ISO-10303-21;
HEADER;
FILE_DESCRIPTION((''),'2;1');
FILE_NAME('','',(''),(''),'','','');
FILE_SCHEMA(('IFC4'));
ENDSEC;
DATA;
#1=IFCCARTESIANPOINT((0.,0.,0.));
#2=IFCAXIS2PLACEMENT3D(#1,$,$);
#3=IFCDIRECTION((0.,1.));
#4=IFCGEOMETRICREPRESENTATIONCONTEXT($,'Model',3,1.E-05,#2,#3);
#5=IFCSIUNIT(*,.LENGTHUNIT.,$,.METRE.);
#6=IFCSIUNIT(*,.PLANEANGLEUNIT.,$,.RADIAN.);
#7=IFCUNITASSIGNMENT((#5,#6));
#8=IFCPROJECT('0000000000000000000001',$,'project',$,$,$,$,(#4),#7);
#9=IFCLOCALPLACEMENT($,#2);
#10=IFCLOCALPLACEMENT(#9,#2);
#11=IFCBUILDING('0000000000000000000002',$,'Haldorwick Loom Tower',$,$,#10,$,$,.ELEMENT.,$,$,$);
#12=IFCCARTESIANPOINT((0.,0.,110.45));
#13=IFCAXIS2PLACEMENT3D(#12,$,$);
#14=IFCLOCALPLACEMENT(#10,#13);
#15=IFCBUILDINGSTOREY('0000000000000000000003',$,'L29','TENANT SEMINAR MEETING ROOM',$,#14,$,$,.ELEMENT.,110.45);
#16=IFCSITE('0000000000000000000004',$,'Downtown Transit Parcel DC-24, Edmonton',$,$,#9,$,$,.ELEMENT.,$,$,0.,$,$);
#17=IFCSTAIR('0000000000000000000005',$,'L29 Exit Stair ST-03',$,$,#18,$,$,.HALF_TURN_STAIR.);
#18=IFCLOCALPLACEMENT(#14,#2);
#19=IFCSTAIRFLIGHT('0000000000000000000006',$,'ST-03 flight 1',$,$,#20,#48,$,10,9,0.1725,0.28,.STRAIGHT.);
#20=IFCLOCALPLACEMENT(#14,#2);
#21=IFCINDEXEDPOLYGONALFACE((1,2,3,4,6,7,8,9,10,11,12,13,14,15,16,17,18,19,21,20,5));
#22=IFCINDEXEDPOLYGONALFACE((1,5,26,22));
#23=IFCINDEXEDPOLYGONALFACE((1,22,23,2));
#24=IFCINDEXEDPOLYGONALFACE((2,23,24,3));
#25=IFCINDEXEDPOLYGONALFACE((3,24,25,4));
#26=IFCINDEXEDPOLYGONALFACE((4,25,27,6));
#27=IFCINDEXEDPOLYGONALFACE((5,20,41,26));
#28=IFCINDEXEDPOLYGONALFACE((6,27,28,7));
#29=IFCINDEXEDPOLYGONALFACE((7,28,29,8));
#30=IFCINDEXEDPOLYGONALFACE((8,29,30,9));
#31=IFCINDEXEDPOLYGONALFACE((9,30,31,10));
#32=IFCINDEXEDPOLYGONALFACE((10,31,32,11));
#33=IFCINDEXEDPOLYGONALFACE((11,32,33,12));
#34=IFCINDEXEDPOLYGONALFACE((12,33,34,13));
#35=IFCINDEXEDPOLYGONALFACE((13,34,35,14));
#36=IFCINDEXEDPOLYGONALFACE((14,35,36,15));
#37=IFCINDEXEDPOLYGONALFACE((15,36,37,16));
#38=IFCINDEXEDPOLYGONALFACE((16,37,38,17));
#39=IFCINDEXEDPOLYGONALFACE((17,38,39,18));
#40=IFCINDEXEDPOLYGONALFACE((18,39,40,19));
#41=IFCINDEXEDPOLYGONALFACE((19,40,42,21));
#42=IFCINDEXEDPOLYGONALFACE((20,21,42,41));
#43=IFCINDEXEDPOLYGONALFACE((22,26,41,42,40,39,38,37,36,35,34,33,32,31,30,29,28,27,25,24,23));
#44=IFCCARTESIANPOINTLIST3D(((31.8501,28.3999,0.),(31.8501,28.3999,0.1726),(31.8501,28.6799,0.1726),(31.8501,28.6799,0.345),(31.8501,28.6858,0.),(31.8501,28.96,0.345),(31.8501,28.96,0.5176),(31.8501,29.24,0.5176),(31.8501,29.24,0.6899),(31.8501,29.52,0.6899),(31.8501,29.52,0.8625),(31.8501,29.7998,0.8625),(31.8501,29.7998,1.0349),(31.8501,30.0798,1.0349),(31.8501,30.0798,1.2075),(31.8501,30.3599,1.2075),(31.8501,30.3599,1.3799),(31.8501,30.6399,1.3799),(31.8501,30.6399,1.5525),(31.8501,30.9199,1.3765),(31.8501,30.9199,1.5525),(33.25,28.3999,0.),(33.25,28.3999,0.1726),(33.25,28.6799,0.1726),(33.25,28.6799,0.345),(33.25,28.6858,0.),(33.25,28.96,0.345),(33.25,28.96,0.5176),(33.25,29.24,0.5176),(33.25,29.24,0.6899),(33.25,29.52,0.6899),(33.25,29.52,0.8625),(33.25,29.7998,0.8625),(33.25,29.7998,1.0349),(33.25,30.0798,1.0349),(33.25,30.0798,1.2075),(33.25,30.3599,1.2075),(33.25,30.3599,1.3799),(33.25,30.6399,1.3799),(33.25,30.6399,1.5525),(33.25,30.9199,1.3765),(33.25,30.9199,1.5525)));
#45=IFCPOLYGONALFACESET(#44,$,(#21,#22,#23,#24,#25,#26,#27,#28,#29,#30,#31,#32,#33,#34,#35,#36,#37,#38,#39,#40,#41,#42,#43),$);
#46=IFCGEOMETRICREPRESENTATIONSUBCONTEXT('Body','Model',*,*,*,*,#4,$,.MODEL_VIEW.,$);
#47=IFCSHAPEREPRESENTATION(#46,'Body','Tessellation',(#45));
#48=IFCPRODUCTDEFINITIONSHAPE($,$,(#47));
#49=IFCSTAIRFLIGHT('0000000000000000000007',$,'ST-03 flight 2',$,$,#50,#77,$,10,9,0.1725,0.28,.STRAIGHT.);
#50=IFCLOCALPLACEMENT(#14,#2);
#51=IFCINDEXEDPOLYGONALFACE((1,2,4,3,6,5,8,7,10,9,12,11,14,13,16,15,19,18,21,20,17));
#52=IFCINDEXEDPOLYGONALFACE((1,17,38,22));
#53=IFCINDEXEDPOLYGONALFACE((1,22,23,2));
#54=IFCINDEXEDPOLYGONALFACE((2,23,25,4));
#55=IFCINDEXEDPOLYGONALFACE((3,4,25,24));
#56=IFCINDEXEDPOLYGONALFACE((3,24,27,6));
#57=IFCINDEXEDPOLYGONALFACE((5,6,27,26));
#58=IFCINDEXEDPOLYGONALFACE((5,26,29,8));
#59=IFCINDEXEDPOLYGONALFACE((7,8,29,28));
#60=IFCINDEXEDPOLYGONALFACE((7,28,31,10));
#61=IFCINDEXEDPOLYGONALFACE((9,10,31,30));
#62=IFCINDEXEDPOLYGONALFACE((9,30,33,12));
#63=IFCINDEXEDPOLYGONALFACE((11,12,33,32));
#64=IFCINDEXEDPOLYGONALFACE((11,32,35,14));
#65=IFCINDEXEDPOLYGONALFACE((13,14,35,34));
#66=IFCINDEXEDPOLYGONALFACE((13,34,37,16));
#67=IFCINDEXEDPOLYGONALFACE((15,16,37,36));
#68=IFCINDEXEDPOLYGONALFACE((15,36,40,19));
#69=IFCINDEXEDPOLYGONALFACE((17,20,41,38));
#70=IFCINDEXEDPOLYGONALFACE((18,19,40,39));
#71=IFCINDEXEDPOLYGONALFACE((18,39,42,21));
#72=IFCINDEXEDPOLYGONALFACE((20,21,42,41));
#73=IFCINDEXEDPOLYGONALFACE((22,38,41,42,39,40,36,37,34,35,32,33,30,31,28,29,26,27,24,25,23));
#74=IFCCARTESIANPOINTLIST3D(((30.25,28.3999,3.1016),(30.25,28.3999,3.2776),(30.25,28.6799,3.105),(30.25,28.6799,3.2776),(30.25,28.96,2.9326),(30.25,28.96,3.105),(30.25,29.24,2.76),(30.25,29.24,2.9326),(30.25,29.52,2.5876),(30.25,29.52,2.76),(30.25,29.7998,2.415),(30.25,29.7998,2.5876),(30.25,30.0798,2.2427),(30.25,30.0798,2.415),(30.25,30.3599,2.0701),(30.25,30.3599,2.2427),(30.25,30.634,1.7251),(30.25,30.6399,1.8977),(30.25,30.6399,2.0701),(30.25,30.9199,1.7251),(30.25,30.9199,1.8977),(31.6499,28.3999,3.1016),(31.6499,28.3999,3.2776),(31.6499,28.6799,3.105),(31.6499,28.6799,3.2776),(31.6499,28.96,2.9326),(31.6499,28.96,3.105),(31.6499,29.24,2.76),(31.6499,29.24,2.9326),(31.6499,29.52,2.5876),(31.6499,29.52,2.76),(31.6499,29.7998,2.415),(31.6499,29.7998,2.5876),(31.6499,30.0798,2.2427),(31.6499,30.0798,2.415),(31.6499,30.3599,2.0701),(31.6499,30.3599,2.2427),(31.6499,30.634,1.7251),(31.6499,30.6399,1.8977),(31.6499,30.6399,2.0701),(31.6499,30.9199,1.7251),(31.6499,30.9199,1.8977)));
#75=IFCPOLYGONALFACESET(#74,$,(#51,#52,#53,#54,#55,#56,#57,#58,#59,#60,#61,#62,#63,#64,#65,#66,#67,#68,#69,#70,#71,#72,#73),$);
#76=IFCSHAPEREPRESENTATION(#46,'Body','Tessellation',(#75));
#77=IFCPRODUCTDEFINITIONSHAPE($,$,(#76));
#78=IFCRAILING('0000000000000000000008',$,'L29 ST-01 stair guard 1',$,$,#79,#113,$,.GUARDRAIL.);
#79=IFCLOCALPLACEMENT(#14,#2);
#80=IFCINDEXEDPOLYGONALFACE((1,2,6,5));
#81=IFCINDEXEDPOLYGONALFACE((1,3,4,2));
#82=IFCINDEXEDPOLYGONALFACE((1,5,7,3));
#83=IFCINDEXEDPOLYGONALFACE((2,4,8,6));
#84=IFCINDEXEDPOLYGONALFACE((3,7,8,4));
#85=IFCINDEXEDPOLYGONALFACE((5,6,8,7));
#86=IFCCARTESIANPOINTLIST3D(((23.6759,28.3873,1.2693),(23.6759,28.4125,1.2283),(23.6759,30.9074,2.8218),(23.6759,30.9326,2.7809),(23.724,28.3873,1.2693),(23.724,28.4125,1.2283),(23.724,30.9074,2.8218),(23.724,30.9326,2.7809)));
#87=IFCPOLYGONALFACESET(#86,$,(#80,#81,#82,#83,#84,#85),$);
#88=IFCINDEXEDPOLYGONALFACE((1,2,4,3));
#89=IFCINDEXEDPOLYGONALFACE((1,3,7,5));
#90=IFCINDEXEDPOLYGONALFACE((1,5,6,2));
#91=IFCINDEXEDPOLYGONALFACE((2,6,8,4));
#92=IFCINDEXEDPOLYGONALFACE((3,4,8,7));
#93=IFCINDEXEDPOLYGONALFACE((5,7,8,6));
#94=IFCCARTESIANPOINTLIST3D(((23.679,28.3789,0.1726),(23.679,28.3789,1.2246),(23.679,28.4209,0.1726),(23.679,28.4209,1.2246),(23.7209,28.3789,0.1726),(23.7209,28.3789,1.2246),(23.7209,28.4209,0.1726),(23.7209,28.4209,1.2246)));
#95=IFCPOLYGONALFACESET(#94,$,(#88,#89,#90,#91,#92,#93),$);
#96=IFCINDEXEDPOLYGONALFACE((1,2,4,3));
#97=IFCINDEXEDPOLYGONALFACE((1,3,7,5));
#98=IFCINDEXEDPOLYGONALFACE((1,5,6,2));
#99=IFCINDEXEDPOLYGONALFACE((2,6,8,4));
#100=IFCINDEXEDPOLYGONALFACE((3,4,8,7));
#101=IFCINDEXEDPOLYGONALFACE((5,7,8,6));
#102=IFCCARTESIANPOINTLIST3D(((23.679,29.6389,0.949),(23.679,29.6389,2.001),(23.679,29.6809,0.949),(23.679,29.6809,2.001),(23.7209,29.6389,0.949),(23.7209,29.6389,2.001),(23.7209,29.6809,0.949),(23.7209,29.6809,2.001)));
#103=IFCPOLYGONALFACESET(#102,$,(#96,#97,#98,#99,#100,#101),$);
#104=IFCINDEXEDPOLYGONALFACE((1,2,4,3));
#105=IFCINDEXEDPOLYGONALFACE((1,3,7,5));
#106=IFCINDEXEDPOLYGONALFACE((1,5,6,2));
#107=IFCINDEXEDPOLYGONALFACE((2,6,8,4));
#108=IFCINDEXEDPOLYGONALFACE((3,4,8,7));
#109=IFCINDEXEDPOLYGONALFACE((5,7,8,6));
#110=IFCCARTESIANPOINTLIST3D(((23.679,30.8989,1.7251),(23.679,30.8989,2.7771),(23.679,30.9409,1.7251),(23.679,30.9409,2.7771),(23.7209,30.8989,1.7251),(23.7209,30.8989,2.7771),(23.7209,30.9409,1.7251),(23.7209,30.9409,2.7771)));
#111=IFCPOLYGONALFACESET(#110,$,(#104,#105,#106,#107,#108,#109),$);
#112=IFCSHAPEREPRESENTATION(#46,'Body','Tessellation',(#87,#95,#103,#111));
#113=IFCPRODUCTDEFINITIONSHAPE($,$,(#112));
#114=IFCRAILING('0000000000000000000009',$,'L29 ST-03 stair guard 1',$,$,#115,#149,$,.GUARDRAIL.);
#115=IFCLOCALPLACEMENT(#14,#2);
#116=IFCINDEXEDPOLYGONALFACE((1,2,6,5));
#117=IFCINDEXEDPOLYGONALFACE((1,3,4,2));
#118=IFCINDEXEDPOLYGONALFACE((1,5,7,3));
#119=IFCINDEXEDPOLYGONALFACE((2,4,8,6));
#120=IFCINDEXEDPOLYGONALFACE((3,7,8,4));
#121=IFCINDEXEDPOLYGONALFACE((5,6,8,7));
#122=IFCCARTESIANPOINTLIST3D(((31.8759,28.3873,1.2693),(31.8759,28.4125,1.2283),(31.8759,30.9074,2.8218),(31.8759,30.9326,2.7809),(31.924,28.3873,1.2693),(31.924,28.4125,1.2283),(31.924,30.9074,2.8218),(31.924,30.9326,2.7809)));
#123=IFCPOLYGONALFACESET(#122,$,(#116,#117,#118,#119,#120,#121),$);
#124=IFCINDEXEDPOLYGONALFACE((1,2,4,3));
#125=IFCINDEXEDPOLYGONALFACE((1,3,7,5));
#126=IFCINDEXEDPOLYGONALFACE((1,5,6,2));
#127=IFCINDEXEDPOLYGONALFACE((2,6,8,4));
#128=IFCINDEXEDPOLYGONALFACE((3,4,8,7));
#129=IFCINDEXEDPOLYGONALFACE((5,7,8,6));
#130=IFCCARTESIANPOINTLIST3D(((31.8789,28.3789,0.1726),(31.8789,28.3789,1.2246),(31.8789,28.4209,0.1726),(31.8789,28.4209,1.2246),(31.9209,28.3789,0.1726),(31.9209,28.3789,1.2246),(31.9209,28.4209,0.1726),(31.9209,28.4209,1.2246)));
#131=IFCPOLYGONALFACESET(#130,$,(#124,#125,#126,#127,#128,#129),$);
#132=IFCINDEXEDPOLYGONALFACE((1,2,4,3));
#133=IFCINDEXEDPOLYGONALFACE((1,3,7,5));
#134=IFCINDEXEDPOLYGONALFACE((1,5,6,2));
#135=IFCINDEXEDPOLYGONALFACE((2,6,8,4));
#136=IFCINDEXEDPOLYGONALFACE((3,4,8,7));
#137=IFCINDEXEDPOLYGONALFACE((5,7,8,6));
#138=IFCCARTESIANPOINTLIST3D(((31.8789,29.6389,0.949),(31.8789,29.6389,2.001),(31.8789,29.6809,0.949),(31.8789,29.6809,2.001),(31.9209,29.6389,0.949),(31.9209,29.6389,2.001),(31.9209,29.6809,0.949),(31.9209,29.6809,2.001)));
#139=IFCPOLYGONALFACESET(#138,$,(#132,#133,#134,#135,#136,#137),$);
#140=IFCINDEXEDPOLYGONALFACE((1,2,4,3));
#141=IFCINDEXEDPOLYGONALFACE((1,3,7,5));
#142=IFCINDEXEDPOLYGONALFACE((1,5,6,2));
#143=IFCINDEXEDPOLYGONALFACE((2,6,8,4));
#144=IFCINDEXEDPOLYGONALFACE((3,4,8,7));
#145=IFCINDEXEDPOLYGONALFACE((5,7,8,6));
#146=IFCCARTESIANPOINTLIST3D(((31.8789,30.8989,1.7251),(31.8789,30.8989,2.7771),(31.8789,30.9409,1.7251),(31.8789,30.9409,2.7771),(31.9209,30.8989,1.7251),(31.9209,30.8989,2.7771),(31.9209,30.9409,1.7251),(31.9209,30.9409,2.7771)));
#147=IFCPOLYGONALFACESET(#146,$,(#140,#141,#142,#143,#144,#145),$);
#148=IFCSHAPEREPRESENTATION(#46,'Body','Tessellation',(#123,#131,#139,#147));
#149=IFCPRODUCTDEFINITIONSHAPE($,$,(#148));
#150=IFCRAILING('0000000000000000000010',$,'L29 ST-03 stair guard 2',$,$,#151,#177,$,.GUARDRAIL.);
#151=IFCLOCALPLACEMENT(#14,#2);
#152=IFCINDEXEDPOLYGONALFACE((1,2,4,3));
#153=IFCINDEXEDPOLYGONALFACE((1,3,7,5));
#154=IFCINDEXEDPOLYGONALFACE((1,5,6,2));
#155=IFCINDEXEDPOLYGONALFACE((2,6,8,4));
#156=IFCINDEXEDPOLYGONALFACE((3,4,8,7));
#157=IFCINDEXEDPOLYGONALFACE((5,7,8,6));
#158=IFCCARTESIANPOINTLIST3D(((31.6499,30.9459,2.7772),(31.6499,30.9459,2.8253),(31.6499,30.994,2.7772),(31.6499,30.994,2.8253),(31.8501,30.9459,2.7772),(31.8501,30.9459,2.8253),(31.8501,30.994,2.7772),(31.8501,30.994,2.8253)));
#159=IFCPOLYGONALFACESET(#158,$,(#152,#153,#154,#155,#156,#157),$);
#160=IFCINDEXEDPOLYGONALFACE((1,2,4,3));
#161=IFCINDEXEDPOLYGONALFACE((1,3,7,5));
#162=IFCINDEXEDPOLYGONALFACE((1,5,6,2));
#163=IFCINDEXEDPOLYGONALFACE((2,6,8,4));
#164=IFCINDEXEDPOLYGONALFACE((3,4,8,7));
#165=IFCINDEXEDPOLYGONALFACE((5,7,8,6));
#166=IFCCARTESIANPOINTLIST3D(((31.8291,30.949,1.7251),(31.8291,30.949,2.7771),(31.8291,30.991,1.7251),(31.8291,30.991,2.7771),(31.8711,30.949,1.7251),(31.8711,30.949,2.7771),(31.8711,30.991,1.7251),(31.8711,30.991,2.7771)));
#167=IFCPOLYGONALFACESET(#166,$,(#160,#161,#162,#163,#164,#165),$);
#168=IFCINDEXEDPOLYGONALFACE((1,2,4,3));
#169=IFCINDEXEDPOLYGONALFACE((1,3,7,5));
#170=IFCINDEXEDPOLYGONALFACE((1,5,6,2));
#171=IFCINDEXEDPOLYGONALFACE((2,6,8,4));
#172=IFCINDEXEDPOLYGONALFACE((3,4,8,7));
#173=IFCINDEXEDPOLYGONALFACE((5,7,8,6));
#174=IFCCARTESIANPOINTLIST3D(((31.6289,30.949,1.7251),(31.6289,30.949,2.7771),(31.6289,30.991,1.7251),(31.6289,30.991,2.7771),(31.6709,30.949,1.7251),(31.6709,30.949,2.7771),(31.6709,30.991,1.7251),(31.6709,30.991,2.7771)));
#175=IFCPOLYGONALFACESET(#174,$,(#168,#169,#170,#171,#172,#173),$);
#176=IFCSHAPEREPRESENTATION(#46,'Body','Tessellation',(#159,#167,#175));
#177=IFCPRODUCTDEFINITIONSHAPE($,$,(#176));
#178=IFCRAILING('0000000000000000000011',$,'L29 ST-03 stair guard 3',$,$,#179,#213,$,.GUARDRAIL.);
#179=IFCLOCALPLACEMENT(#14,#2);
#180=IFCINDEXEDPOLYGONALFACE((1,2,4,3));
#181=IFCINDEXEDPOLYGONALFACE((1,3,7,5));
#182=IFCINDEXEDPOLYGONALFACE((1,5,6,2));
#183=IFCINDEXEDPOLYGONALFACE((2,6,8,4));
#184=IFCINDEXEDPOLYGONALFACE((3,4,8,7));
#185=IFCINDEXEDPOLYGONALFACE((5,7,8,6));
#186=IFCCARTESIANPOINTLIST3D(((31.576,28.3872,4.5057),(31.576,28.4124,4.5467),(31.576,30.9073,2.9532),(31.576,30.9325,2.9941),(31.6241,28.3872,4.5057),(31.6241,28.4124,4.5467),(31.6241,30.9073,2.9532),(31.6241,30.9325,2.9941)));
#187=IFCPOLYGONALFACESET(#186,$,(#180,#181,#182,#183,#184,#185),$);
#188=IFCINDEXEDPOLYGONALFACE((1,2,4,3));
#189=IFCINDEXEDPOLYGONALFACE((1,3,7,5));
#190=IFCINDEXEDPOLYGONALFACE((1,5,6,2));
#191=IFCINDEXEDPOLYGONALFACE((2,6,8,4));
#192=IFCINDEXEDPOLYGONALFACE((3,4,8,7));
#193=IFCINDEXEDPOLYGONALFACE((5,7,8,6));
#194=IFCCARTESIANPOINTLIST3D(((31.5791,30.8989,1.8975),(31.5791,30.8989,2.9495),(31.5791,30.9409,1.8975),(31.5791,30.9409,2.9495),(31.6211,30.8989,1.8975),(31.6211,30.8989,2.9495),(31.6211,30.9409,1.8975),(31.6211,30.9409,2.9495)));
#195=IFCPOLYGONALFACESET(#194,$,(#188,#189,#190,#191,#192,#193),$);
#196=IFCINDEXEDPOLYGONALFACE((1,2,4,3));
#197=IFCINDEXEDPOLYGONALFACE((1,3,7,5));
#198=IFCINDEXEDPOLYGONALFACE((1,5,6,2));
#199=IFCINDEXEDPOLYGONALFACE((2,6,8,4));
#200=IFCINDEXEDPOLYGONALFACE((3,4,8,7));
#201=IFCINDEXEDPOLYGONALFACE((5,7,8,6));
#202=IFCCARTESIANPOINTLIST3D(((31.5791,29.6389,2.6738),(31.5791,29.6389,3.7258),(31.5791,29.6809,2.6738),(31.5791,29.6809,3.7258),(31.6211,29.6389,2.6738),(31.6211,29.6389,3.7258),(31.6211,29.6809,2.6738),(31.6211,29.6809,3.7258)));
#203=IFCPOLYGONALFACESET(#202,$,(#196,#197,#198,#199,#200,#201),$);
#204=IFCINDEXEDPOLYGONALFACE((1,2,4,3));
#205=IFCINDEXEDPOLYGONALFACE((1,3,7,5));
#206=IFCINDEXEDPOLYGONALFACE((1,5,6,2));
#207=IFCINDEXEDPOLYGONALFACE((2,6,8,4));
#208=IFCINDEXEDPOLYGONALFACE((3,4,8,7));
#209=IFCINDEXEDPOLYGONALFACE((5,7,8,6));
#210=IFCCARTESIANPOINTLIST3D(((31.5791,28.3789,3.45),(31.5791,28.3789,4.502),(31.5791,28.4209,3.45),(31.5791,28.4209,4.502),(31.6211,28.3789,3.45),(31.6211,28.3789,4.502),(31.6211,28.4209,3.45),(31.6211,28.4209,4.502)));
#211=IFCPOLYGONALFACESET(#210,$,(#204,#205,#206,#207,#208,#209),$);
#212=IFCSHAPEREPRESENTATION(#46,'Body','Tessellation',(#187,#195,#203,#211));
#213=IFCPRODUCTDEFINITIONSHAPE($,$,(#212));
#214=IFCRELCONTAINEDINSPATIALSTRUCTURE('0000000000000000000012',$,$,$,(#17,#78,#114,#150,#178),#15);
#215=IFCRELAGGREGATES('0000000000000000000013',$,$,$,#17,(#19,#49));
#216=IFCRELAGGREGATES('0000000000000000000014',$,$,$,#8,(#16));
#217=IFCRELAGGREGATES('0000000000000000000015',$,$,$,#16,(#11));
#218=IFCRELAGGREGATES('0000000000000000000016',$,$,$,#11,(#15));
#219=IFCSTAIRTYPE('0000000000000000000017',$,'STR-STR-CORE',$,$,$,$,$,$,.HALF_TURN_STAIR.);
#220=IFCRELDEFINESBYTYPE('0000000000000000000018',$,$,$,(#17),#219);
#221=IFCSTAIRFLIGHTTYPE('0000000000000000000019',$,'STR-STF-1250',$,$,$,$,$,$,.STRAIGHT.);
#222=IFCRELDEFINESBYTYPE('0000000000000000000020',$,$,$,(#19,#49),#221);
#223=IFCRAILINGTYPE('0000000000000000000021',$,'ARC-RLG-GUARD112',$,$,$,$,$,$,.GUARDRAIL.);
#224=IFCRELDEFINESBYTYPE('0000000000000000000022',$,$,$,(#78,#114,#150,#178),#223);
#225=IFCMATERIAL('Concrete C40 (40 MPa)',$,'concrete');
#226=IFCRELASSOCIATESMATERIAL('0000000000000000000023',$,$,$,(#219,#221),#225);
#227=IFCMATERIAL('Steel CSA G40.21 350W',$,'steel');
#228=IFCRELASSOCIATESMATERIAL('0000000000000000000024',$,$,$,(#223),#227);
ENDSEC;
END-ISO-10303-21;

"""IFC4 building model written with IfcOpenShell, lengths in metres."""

from ifc_helpers import new_model, si_unit, direction, frame, origin, origin_2d, place, context, subcontext, project, spatial, polyline, rectangle, outline, extrude, material, type_object, element, aggregate, save


model = new_model("IFC4")

# Units and contexts
model_context = context("Model", 3, precision=1e-05, world=origin(), true_north=direction((0.0, 1.0)))
body_context = subcontext(model_context, "Body", "Model", "MODEL_VIEW")
ifc_project = project(units=[si_unit("LENGTHUNIT", "METRE"), si_unit("PLANEANGLEUNIT", "RADIAN")], contexts=[model_context])

# Site, building, storey
site_placement = place(None, origin())
site = spatial("IfcSite", under=ifc_project, at=site_placement, Name="Downtown Transit Parcel DC-24, Edmonton", CompositionType="ELEMENT", RefElevation=0.0)
building_placement = place(site_placement, origin())
building = spatial("IfcBuilding", under=site, at=building_placement, Name="Haldorwick Loom Tower", CompositionType="ELEMENT")
storey_placement = place(building_placement, frame((0.0, 0.0, 110.45)))
storey = spatial("IfcBuildingStorey", under=building, at=storey_placement, Name="L29", Description="TENANT SEMINAR MEETING ROOM", CompositionType="ELEMENT", Elevation=110.45)

# Shared definitions
ifc_material_1 = material(Name="Steel CSA G40.21 350W", Category="steel")

# Shared definitions
ifc_material_2 = material(Name="Concrete C40 (40 MPa)", Category="concrete")
stair_type = type_object("IfcStairType", Name="STR-STR-CORE", PredefinedType="HALF_TURN_STAIR", material=ifc_material_2)
stair_flight_type = type_object("IfcStairFlightType", Name="STR-STF-1250", PredefinedType="STRAIGHT", material=ifc_material_2)

# Stair, stair flights
stair_1_placement = place(storey_placement, origin())
stair_1 = element("IfcStair", 1, at=stair_1_placement, inside=storey, type_object=stair_type, Name="L29 Exit Stair ST-03", PredefinedType="HALF_TURN_STAIR")
stair_flight_1_placement = place(storey_placement, frame((32.55, 28.3999, 0.0), z_axis=(0.0, 0.0, 1.0), x_axis=(0.0, 1.0, 0.0)))
stair_flight_1 = element("IfcStairFlight", 2, at=stair_flight_1_placement, type_object=stair_flight_type, Name="ST-03 flight 1", NumberOfRisers=10, NumberOfTreads=9, PredefinedType="STRAIGHT", RiserHeight=0.1725, TreadLength=0.28, context=body_context, shape_type="SweptSolid", body=[
    extrude(outline(polyline([(0.0, 0.0), (0.0, 0.1726), (0.28, 0.1726), (0.28, 0.345), (0.5601, 0.345), (0.5601, 0.5176), (0.8401, 0.5176), (0.8401, 0.6899), (1.1201, 0.6899), (1.1201, 0.8625), (1.3999, 0.8625), (1.3999, 1.0349), (1.6799, 1.0349), (1.6799, 1.2075), (1.96, 1.2075), (1.96, 1.3799), (2.24, 1.3799), (2.24, 1.5525), (2.52, 1.5525), (2.52, 1.7251), (2.52, 1.3765), (0.2859, 0.0), (0.0, 0.0)])), frame((0.0, 0.7, 0.0), z_axis=(0.0, -1.0, 0.0), x_axis=(1.0, 0.0, 0.0)), (0.0, 0.0, 1.0), 1.3999),
])
stair_flight_2_placement = place(storey_placement, frame((30.95, 30.9199, 1.7251), z_axis=(0.0, 0.0, 1.0), x_axis=(0.0, -1.0, 0.0)))
stair_flight_2 = element("IfcStairFlight", 3, at=stair_flight_2_placement, type_object=stair_flight_type, Name="ST-03 flight 2", NumberOfRisers=10, NumberOfTreads=9, PredefinedType="STRAIGHT", RiserHeight=0.1725, TreadLength=0.28, context=body_context, shape_type="SweptSolid", body=[
    extrude(outline(polyline([(0.0, 0.0), (0.0, 0.1726), (0.28, 0.1726), (0.28, 0.345), (0.5601, 0.345), (0.5601, 0.5176), (0.8401, 0.5176), (0.8401, 0.6899), (1.1201, 0.6899), (1.1201, 0.8625), (1.3999, 0.8625), (1.3999, 1.0349), (1.6799, 1.0349), (1.6799, 1.2075), (1.96, 1.2075), (1.96, 1.3799), (2.24, 1.3799), (2.24, 1.5525), (2.52, 1.5525), (2.52, 1.7251), (2.52, 1.3765), (0.2859, 0.0), (0.0, 0.0)])), frame((0.0, 0.7, 0.0), z_axis=(0.0, -1.0, 0.0), x_axis=(1.0, 0.0, 0.0)), (0.0, 0.0, 1.0), 1.3999),
])
aggregate(stair_1, [stair_flight_1, stair_flight_2])

# Railings
railing_type_1 = type_object("IfcRailingType", Name="ARC-RLG-GUARD112", PredefinedType="GUARDRAIL", material=ifc_material_1)
for number, where, name in (
    (4, (23.7, 28.3999, 0.1726), "L29 ST-01 stair guard 1"),
    (5, (31.8999, 28.3999, 0.1726), "L29 ST-03 stair guard 1"),
):
    element("IfcRailing", number, at=place(storey_placement, frame(where)), inside=storey, type_object=railing_type_1, Name=name, PredefinedType="GUARDRAIL", context=body_context, shape_type="SweptSolid", body=[
        extrude(rectangle(XDim=0.0481, YDim=0.0481, at=origin_2d()), frame((0.0, 0.0, 1.0762), z_axis=(0.0, 0.8514, 0.524516), x_axis=(-1.0, 0.0, 0.0)), (0.0, 0.0, 1.0), 2.96),
        extrude(rectangle(XDim=0.042, YDim=0.042, at=origin_2d()), origin(), (0.0, 0.0, 1.0), 1.052),
        extrude(rectangle(XDim=0.042, YDim=0.042, at=origin_2d()), frame((0.0, 1.26, 0.7764)), (0.0, 0.0, 1.0), 1.052),
        extrude(rectangle(XDim=0.042, YDim=0.042, at=origin_2d()), frame((0.0, 2.52, 1.5525)), (0.0, 0.0, 1.0), 1.052),
    ])
railing_1_placement = place(storey_placement, frame((31.8501, 30.97, 1.7251)))
element("IfcRailing", 6, at=railing_1_placement, inside=storey, type_object=railing_type_1, Name="L29 ST-03 stair guard 2", PredefinedType="GUARDRAIL", context=body_context, shape_type="SweptSolid", body=[
    extrude(rectangle(XDim=0.0481, YDim=0.0481, at=origin_2d()), frame((0.0, 0.0, 1.0762), z_axis=(-1.0, 0.0, 0.0), x_axis=(0.0, -1.0, 0.0)), (0.0, 0.0, 1.0), 0.2002),
    extrude(rectangle(XDim=0.042, YDim=0.042, at=origin_2d()), origin(), (0.0, 0.0, 1.0), 1.052),
    extrude(rectangle(XDim=0.042, YDim=0.042, at=origin_2d()), frame((-0.2002, 0.0, 0.0)), (0.0, 0.0, 1.0), 1.052),
])
railing_2_placement = place(storey_placement, frame((31.6001, 30.9199, 1.8975)))
element("IfcRailing", 7, at=railing_2_placement, inside=storey, type_object=railing_type_1, Name="L29 ST-03 stair guard 3", PredefinedType="GUARDRAIL", context=body_context, shape_type="SweptSolid", body=[
    extrude(rectangle(XDim=0.0481, YDim=0.0481, at=origin_2d()), frame((0.0, 0.0, 1.0762), z_axis=(0.0, -0.8514, 0.524516), x_axis=(1.0, 0.0, 0.0)), (0.0, 0.0, 1.0), 2.96),
    extrude(rectangle(XDim=0.042, YDim=0.042, at=origin_2d()), origin(), (0.0, 0.0, 1.0), 1.052),
    extrude(rectangle(XDim=0.042, YDim=0.042, at=origin_2d()), frame((0.0, -1.26, 0.7764)), (0.0, 0.0, 1.0), 1.052),
    extrude(rectangle(XDim=0.042, YDim=0.042, at=origin_2d()), frame((0.0, -2.52, 1.5525)), (0.0, 0.0, 1.0), 1.052),
])

save(model, "model.ifc")
